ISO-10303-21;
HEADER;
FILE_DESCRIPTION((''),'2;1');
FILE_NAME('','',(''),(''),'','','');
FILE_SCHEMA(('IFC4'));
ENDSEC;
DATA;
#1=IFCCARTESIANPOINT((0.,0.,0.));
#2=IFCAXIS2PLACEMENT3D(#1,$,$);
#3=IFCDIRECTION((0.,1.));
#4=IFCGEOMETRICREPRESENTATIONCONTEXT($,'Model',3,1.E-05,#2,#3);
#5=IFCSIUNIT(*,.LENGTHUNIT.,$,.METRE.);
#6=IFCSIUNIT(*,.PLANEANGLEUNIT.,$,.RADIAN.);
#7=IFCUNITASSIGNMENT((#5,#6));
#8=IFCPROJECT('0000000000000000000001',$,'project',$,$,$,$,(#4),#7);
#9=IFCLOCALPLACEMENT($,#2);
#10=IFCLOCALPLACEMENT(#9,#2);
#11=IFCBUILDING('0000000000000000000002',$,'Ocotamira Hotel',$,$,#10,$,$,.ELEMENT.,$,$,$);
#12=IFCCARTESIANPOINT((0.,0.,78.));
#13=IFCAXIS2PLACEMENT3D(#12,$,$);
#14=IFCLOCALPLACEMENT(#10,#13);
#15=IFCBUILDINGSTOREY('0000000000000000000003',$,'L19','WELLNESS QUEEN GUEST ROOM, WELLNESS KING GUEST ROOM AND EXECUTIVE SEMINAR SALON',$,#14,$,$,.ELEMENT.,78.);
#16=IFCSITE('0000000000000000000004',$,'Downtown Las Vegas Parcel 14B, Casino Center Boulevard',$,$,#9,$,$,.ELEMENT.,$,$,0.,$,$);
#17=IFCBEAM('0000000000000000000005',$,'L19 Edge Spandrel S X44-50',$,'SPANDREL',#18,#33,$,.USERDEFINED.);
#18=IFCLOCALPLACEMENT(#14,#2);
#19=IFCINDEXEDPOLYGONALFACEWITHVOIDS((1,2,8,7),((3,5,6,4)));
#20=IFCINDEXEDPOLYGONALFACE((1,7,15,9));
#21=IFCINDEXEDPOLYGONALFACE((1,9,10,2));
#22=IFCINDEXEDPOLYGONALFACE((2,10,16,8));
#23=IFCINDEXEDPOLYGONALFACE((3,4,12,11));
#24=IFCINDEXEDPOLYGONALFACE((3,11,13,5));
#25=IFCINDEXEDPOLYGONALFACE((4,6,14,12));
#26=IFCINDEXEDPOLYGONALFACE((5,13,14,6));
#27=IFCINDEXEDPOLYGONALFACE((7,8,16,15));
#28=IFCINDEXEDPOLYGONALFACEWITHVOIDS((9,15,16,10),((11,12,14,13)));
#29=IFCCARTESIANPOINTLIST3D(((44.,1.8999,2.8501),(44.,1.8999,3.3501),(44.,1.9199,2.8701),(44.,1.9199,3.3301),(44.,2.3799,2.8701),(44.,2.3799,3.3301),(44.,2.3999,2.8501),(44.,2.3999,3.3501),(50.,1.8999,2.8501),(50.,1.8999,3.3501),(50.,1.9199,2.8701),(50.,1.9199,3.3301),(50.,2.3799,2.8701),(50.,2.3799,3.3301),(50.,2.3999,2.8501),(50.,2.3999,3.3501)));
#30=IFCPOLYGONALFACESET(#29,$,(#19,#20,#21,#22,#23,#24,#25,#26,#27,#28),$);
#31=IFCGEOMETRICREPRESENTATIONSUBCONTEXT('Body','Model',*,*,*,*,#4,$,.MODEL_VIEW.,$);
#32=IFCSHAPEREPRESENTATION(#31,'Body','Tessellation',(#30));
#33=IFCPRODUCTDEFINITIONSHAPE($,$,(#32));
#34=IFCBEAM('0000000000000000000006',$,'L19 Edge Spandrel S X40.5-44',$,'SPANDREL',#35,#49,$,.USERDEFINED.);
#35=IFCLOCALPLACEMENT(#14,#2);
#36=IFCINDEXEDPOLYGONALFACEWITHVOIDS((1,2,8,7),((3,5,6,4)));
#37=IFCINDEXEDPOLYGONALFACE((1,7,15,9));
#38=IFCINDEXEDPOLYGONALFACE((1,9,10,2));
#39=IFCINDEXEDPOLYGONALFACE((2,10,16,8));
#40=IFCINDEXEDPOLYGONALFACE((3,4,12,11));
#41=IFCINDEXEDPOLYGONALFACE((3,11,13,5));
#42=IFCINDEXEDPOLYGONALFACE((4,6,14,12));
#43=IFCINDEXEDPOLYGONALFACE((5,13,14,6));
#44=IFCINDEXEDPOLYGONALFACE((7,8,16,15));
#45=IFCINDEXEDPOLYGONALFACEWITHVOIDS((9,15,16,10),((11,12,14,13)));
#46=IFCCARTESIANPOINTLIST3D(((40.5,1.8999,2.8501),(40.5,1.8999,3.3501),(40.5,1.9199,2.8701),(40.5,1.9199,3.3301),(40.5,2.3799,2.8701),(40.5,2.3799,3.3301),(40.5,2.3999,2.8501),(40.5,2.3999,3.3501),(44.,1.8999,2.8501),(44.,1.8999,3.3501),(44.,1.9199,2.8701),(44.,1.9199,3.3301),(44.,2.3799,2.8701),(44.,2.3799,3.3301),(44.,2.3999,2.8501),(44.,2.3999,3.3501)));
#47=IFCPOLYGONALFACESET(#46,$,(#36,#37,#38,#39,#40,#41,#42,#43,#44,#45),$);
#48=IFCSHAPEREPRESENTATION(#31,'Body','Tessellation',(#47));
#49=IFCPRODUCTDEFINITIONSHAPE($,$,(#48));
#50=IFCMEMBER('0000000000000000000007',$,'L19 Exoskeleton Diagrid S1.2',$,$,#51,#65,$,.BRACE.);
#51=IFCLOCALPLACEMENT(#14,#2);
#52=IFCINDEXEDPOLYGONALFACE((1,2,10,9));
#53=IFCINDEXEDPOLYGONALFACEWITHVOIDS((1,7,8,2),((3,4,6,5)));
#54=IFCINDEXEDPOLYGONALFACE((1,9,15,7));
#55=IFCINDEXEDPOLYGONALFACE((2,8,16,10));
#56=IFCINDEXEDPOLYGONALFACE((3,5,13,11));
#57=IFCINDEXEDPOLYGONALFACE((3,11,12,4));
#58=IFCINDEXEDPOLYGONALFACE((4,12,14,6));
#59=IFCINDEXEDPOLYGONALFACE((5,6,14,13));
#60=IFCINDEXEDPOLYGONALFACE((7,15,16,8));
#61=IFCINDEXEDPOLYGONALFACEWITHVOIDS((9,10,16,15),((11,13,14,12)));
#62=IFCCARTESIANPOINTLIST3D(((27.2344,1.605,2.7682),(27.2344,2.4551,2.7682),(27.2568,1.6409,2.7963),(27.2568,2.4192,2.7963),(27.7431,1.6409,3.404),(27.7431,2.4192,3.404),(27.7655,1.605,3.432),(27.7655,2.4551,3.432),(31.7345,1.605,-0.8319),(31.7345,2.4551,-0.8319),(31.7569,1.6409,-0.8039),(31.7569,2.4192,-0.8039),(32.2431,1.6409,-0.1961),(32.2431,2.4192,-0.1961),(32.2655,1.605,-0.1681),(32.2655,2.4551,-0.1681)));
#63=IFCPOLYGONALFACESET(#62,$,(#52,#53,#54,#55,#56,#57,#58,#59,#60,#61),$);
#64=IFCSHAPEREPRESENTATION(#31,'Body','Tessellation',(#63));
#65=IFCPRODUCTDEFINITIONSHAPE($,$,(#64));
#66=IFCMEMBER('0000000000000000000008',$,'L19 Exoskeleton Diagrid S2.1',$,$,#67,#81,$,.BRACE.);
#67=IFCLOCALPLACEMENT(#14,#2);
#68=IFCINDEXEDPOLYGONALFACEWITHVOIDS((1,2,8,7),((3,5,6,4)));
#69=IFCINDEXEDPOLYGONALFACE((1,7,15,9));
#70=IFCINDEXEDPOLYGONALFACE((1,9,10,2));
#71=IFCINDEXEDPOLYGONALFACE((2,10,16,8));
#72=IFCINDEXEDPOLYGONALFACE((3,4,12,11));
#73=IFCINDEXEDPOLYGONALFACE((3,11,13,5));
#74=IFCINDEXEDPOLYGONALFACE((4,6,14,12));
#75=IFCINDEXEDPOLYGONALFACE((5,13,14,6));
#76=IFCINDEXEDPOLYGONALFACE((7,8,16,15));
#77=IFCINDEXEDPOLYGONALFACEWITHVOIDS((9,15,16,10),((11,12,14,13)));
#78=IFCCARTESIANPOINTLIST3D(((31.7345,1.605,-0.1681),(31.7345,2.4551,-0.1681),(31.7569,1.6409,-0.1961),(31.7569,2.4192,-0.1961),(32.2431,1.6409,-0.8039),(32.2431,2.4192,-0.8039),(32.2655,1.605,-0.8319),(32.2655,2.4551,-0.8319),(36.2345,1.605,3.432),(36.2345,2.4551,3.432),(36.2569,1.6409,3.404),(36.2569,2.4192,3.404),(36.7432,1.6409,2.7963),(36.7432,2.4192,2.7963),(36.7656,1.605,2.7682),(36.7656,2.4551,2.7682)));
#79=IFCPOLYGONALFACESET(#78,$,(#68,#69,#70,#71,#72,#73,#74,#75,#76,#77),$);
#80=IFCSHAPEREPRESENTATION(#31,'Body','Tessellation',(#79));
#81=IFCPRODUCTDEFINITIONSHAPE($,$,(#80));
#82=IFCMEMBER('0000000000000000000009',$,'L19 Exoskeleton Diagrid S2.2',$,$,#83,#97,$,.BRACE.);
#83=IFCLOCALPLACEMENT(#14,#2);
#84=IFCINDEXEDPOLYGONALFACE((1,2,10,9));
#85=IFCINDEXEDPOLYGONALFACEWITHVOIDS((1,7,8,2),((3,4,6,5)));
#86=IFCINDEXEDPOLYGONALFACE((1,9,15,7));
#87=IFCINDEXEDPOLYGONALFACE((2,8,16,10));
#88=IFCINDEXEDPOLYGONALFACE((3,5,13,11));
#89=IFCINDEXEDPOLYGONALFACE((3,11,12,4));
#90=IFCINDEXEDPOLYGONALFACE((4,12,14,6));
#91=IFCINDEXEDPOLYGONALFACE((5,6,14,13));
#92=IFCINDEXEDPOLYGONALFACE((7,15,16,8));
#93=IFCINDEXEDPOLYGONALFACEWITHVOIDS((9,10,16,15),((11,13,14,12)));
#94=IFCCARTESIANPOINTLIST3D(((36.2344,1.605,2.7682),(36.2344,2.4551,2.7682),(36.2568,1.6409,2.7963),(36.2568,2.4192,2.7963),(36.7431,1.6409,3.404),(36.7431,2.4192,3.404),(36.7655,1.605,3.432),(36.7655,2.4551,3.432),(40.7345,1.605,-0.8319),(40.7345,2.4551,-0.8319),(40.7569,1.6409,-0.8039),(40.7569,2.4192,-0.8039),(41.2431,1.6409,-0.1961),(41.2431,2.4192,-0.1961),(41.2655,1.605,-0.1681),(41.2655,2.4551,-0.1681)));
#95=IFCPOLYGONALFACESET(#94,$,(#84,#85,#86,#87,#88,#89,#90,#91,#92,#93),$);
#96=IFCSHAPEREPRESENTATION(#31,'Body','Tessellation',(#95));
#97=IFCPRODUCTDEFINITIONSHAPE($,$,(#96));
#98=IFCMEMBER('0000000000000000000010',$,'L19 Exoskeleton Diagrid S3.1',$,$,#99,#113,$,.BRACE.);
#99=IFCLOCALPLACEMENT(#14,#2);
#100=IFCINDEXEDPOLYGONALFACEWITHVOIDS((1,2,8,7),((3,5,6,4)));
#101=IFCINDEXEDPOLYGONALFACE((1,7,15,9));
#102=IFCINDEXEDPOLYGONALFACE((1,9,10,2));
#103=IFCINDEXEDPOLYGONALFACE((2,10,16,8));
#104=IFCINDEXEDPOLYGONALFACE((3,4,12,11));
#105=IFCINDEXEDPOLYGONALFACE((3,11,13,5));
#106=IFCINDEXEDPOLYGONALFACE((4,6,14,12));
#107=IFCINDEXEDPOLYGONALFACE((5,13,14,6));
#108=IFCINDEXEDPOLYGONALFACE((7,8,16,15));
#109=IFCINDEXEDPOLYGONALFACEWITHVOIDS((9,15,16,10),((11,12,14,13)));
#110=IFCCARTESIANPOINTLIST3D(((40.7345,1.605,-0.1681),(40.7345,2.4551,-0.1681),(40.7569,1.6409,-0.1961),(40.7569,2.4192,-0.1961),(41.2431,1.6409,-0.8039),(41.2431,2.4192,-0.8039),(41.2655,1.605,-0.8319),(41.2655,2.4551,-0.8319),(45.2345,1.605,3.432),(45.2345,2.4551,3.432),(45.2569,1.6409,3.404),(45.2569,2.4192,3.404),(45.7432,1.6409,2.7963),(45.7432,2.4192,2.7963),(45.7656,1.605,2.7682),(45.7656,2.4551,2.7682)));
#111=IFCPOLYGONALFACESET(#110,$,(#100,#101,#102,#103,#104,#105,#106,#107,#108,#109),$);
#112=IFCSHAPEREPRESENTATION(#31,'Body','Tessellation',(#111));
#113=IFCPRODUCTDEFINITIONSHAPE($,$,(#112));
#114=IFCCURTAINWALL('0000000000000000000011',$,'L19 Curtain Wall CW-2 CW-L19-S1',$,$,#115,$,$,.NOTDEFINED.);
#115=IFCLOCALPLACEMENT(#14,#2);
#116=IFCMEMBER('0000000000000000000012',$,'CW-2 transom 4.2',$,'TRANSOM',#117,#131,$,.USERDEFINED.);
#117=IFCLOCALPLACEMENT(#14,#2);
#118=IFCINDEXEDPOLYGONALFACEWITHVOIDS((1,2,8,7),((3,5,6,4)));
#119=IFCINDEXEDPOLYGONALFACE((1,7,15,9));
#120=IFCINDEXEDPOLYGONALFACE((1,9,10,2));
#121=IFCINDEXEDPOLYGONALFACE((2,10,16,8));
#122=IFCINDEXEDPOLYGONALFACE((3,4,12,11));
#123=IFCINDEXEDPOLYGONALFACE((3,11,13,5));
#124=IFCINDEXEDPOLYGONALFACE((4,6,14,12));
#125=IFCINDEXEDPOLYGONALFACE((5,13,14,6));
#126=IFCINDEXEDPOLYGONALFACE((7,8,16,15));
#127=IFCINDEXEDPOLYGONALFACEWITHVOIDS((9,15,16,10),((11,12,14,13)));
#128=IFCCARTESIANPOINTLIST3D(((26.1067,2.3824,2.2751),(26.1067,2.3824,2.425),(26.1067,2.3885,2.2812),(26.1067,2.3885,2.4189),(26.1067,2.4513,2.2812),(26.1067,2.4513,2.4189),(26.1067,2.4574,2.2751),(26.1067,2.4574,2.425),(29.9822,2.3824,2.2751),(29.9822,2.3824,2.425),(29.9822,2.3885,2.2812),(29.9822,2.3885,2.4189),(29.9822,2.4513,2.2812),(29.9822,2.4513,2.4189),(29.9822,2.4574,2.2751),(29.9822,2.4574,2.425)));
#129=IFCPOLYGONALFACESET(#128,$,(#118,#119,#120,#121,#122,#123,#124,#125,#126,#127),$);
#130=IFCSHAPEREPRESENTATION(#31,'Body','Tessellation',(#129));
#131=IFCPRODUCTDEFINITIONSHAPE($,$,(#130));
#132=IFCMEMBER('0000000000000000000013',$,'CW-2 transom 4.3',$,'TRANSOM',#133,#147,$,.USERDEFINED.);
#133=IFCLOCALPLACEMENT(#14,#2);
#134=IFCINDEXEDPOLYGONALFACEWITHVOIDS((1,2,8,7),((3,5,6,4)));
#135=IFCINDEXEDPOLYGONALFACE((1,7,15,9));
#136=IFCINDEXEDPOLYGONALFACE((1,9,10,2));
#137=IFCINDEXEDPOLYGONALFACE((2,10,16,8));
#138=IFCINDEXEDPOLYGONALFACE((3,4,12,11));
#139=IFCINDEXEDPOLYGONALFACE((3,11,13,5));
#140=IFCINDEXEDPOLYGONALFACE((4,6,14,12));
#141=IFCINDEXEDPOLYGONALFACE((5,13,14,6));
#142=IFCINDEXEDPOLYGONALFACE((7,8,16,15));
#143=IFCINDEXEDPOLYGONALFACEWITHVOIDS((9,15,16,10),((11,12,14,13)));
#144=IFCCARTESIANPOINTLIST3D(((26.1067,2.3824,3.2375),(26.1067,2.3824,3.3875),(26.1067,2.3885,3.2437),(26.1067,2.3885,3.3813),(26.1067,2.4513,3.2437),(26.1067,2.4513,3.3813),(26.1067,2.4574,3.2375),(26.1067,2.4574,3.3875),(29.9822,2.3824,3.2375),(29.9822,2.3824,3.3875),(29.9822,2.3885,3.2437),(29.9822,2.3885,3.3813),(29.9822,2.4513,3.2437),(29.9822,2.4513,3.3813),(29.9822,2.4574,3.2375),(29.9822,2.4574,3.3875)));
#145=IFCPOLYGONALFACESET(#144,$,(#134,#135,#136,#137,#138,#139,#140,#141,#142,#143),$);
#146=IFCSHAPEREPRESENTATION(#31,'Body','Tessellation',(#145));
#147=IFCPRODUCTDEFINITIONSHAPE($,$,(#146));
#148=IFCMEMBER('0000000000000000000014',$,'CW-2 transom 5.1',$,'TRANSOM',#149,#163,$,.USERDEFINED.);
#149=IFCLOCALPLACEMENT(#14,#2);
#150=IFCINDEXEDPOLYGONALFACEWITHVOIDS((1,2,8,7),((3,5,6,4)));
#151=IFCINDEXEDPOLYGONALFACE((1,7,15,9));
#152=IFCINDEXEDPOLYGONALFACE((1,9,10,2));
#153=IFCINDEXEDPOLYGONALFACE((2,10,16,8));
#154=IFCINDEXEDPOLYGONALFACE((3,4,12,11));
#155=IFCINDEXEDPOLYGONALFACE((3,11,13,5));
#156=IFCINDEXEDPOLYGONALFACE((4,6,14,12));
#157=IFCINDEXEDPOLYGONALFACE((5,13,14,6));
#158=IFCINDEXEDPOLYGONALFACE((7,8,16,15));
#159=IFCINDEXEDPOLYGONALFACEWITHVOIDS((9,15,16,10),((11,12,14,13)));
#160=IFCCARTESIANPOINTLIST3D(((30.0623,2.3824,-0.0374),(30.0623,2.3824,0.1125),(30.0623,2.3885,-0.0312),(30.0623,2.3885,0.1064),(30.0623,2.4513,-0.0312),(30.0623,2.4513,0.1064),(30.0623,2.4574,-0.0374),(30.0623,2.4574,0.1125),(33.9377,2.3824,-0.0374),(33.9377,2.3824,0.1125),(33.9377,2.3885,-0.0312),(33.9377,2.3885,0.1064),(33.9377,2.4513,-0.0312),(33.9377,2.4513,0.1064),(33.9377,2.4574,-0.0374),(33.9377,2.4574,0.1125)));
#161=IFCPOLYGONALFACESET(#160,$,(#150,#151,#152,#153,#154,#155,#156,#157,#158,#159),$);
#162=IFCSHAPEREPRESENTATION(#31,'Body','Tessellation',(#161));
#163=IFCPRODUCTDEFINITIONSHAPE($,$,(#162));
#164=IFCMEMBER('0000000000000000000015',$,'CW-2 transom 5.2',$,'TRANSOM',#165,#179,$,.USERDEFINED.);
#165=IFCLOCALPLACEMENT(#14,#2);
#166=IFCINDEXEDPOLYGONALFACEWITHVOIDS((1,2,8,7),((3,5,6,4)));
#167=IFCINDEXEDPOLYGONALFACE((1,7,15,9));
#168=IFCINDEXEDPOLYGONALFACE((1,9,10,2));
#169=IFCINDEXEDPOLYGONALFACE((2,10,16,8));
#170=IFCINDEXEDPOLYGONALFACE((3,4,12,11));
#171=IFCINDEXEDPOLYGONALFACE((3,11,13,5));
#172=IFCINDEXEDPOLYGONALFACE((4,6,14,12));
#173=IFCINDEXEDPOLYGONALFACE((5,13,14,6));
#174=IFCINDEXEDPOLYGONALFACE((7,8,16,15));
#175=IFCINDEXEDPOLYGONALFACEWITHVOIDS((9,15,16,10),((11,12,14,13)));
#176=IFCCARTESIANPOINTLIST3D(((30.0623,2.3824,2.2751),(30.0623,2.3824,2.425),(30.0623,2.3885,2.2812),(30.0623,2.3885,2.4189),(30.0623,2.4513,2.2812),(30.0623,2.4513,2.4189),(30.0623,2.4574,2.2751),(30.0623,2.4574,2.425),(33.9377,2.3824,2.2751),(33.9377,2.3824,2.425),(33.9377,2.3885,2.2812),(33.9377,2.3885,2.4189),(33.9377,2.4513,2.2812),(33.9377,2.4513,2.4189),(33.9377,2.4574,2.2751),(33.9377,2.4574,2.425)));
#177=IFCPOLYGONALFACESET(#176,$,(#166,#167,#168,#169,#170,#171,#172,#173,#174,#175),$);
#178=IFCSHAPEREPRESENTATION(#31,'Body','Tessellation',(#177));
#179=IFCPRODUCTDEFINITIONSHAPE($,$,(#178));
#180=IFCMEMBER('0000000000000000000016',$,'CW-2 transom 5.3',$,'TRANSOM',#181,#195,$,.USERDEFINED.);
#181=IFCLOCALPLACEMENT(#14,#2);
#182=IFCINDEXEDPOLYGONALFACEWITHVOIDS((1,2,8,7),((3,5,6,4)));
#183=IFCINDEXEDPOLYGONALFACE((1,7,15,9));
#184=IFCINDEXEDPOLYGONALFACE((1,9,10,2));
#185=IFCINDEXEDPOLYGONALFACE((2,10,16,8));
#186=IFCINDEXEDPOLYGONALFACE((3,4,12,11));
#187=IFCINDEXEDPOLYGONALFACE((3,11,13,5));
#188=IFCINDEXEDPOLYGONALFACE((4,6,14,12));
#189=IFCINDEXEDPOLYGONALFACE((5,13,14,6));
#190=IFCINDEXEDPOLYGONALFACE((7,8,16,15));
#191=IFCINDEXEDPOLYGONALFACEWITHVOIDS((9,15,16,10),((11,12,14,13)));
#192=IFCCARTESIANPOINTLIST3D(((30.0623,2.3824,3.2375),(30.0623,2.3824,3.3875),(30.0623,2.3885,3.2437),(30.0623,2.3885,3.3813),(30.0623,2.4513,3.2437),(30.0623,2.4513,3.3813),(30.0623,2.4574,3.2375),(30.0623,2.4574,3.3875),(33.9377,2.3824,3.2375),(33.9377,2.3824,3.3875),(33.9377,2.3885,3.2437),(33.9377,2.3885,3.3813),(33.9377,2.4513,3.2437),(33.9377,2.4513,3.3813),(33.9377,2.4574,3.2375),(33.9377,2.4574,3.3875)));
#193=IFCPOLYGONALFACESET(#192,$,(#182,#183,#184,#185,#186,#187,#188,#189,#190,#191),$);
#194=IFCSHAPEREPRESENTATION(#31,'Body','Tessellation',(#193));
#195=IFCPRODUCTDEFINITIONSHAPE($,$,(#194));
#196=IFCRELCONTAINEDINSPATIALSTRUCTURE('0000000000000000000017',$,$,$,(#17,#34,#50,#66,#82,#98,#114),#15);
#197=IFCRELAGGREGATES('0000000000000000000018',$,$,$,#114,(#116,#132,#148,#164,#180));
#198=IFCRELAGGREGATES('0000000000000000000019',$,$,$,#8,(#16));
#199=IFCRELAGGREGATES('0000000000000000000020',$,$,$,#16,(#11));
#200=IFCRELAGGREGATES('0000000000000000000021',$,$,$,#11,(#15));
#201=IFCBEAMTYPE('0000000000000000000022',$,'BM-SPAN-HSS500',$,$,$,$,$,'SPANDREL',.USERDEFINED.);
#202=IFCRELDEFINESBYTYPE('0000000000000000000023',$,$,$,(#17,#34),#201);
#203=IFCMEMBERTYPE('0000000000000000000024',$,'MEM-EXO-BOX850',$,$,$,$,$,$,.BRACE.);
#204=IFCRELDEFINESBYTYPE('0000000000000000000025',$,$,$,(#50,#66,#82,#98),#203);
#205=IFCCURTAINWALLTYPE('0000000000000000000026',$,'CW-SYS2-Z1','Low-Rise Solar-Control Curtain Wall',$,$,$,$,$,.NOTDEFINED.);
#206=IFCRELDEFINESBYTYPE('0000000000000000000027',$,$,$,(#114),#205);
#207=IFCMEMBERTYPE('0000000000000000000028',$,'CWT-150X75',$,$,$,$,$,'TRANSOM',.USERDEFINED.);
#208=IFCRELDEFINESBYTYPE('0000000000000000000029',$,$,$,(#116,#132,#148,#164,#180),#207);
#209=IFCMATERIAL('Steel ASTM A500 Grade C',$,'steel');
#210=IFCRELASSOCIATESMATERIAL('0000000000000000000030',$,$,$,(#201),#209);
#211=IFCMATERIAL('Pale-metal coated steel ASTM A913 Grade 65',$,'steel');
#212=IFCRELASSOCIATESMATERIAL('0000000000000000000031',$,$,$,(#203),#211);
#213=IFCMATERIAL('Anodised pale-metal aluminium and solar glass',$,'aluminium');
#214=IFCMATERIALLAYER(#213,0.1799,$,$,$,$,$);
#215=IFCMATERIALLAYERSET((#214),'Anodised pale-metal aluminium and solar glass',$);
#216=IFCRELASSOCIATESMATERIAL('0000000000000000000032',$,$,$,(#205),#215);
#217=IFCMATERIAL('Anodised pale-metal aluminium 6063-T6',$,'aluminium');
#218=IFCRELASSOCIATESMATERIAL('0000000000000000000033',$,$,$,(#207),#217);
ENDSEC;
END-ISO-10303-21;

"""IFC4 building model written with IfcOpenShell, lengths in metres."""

from ifc_helpers import new_model, si_unit, direction, frame, origin, origin_2d, place, context, subcontext, project, spatial, hollow_rectangle, extrude, source, transform, mapped, material, layer, layer_set, material_profile, profile_set, type_object, element, aggregate, save


model = new_model("IFC4")

# Units and contexts
model_context = context("Model", 3, precision=1e-05, world=origin(), true_north=direction((0.0, 1.0)))
body_context = subcontext(model_context, "Body", "Model", "MODEL_VIEW")
ifc_project = project(units=[si_unit("LENGTHUNIT", "METRE"), si_unit("PLANEANGLEUNIT", "RADIAN")], contexts=[model_context])

# Site, building, storey
site_placement = place(None, origin())
site = spatial("IfcSite", under=ifc_project, at=site_placement, Name="Downtown Las Vegas Parcel 14B, Casino Center Boulevard", CompositionType="ELEMENT", RefElevation=0.0)
building_placement = place(site_placement, origin())
building = spatial("IfcBuilding", under=site, at=building_placement, Name="Ocotamira Hotel", CompositionType="ELEMENT")
storey_placement = place(building_placement, frame((0.0, 0.0, 78.0)))
storey = spatial("IfcBuildingStorey", under=building, at=storey_placement, Name="L19", Description="WELLNESS QUEEN GUEST ROOM, WELLNESS KING GUEST ROOM AND EXECUTIVE SEMINAR SALON", CompositionType="ELEMENT", Elevation=78.0)

# Beams
ifc_material_1 = material(Name="Steel ASTM A500 Grade C", Category="steel")
ifc_material_profile_1 = material_profile(ifc_material_1, hollow_rectangle(XDim=0.5, YDim=0.5, WallThickness=0.02, at=origin_2d()), Name="HSS500X500X20")
ifc_profile_set_1 = profile_set([ifc_material_profile_1], Name="Steel ASTM A500 Grade C")
beam_type = type_object("IfcBeamType", Name="BM-SPAN-HSS500", ElementType="SPANDREL", PredefinedType="USERDEFINED", material=ifc_profile_set_1)
shared_shape_1 = source(origin(), body_context, "Body", "SweptSolid", [
    extrude(hollow_rectangle(XDim=0.5, YDim=0.5, WallThickness=0.02, at=origin_2d()), origin(), (0.0, 0.0, 1.0), 6.0),
])
beam_1_placement = place(storey_placement, frame((44.0, 2.1499, 3.1001), z_axis=(1.0, 0.0, 0.0), x_axis=(0.0, 1.0, 0.0)))
element("IfcBeam", 1, at=beam_1_placement, inside=storey, type_object=beam_type, Name="L19 Edge Spandrel S X44-50", ObjectType="SPANDREL", PredefinedType="USERDEFINED", context=body_context, shape_type="MappedRepresentation", body=[
    mapped(shared_shape_1, transform((0.0, 0.0, 0.0), scale=1.0)),
])
shared_shape_2 = source(origin(), body_context, "Body", "SweptSolid", [
    extrude(hollow_rectangle(XDim=0.5, YDim=0.5, WallThickness=0.02, at=origin_2d()), origin(), (0.0, 0.0, 1.0), 3.5),
])
beam_2_placement = place(storey_placement, frame((40.5, 2.1499, 3.1001), z_axis=(1.0, 0.0, 0.0), x_axis=(0.0, 1.0, 0.0)))
element("IfcBeam", 2, at=beam_2_placement, inside=storey, type_object=beam_type, Name="L19 Edge Spandrel S X40.5-44", ObjectType="SPANDREL", PredefinedType="USERDEFINED", context=body_context, shape_type="MappedRepresentation", body=[
    mapped(shared_shape_2, transform((0.0, 0.0, 0.0), scale=1.0)),
])

# Members
ifc_material_2 = material(Name="Pale-metal coated steel ASTM A913 Grade 65", Category="steel")
ifc_material_profile_2 = material_profile(ifc_material_2, hollow_rectangle(XDim=0.8501, YDim=0.8501, WallThickness=0.0359, at=origin_2d()), Name="BOX850X850X36")
ifc_profile_set_2 = profile_set([ifc_material_profile_2], Name="Pale-metal coated steel ASTM A913 Grade 65")
member_type_1 = type_object("IfcMemberType", Name="MEM-EXO-BOX850", PredefinedType="BRACE", material=ifc_profile_set_2)
shared_shape_3 = source(origin(), body_context, "Body", "SweptSolid", [
    extrude(hollow_rectangle(XDim=0.8501, YDim=0.8501, WallThickness=0.0359, at=origin_2d()), origin(), (0.0, 0.0, 1.0), 5.7629),
])
for number, where, z_axis, x_axis, name in (
    (3, (32.0, 2.03, -0.5), (-0.780861, 0.0, 0.624705), (0.0, -1.0, 0.0), "L19 Exoskeleton Diagrid S1.2"),
    (4, (32.0, 2.03, -0.5), (0.780861, 0.0, 0.624705), (0.0, 1.0, 0.0), "L19 Exoskeleton Diagrid S2.1"),
    (5, (41.0, 2.03, -0.5), (-0.780861, 0.0, 0.624705), (0.0, -1.0, 0.0), "L19 Exoskeleton Diagrid S2.2"),
    (6, (41.0, 2.03, -0.5), (0.780861, 0.0, 0.624705), (0.0, 1.0, 0.0), "L19 Exoskeleton Diagrid S3.1"),
):
    element("IfcMember", number, at=place(storey_placement, frame(where, z_axis=z_axis, x_axis=x_axis)), inside=storey, type_object=member_type_1, Name=name, PredefinedType="BRACE", context=body_context, shape_type="MappedRepresentation", body=[
        mapped(shared_shape_3, transform((0.0, 0.0, 0.0), scale=1.0)),
    ])

# Curtain wall, members
ifc_material_3 = material(Name="Anodised pale-metal aluminium and solar glass", Category="aluminium")
ifc_layer_1 = layer(ifc_material_3, 0.1799)
ifc_layer_set_1 = layer_set([ifc_layer_1], Name="Anodised pale-metal aluminium and solar glass")
curtain_wall_type = type_object("IfcCurtainWallType", Name="CW-SYS2-Z1", Description="Low-Rise Solar-Control Curtain Wall", PredefinedType="NOTDEFINED", material=ifc_layer_set_1)
curtain_wall_placement = place(storey_placement, origin())
curtain_wall = element("IfcCurtainWall", 7, at=curtain_wall_placement, inside=storey, type_object=curtain_wall_type, Name="L19 Curtain Wall CW-2 CW-L19-S1", PredefinedType="NOTDEFINED")
ifc_material_4 = material(Name="Anodised pale-metal aluminium 6063-T6", Category="aluminium")
ifc_material_profile_3 = material_profile(ifc_material_4, hollow_rectangle(XDim=0.075, YDim=0.1499, WallThickness=0.0061, at=origin_2d()), Name="HSS150X75X6")
ifc_profile_set_3 = profile_set([ifc_material_profile_3], Name="Anodised pale-metal aluminium 6063-T6")
member_type_2 = type_object("IfcMemberType", Name="CWT-150X75", ElementType="TRANSOM", PredefinedType="USERDEFINED", material=ifc_profile_set_3)
shared_shape_4 = source(origin(), body_context, "Body", "SweptSolid", [
    extrude(hollow_rectangle(XDim=0.075, YDim=0.1499, WallThickness=0.0061, at=origin_2d()), origin(), (0.0, 0.0, 1.0), 3.8755),
])
member_1_placement = place(storey_placement, frame((26.1067, 2.4199, 2.3501), z_axis=(1.0, 0.0, 0.0), x_axis=(0.0, 1.0, 0.0)))
member_1 = element("IfcMember", 8, at=member_1_placement, type_object=member_type_2, Name="CW-2 transom 4.2", ObjectType="TRANSOM", PredefinedType="USERDEFINED", context=body_context, shape_type="MappedRepresentation", body=[
    mapped(shared_shape_4, transform((0.0, 0.0, 0.0), scale=1.0)),
])
member_2_placement = place(storey_placement, frame((26.1067, 2.4199, 3.3125), z_axis=(1.0, 0.0, 0.0), x_axis=(0.0, 1.0, 0.0)))
member_2 = element("IfcMember", 9, at=member_2_placement, type_object=member_type_2, Name="CW-2 transom 4.3", ObjectType="TRANSOM", PredefinedType="USERDEFINED", context=body_context, shape_type="MappedRepresentation", body=[
    mapped(shared_shape_4, transform((0.0, 0.0, 0.0), scale=1.0)),
])
member_3_placement = place(storey_placement, frame((30.0623, 2.4199, 0.0376), z_axis=(1.0, 0.0, 0.0), x_axis=(0.0, 1.0, 0.0)))
member_3 = element("IfcMember", 10, at=member_3_placement, type_object=member_type_2, Name="CW-2 transom 5.1", ObjectType="TRANSOM", PredefinedType="USERDEFINED", context=body_context, shape_type="MappedRepresentation", body=[
    mapped(shared_shape_4, transform((0.0, 0.0, 0.0), scale=1.0)),
])
member_4_placement = place(storey_placement, frame((30.0623, 2.4199, 2.3501), z_axis=(1.0, 0.0, 0.0), x_axis=(0.0, 1.0, 0.0)))
member_4 = element("IfcMember", 11, at=member_4_placement, type_object=member_type_2, Name="CW-2 transom 5.2", ObjectType="TRANSOM", PredefinedType="USERDEFINED", context=body_context, shape_type="MappedRepresentation", body=[
    mapped(shared_shape_4, transform((0.0, 0.0, 0.0), scale=1.0)),
])
member_5_placement = place(storey_placement, frame((30.0623, 2.4199, 3.3125), z_axis=(1.0, 0.0, 0.0), x_axis=(0.0, 1.0, 0.0)))
member_5 = element("IfcMember", 12, at=member_5_placement, type_object=member_type_2, Name="CW-2 transom 5.3", ObjectType="TRANSOM", PredefinedType="USERDEFINED", context=body_context, shape_type="MappedRepresentation", body=[
    mapped(shared_shape_4, transform((0.0, 0.0, 0.0), scale=1.0)),
])

aggregate(curtain_wall, [member_1, member_2, member_3, member_4, member_5])

save(model, "model.ifc")
